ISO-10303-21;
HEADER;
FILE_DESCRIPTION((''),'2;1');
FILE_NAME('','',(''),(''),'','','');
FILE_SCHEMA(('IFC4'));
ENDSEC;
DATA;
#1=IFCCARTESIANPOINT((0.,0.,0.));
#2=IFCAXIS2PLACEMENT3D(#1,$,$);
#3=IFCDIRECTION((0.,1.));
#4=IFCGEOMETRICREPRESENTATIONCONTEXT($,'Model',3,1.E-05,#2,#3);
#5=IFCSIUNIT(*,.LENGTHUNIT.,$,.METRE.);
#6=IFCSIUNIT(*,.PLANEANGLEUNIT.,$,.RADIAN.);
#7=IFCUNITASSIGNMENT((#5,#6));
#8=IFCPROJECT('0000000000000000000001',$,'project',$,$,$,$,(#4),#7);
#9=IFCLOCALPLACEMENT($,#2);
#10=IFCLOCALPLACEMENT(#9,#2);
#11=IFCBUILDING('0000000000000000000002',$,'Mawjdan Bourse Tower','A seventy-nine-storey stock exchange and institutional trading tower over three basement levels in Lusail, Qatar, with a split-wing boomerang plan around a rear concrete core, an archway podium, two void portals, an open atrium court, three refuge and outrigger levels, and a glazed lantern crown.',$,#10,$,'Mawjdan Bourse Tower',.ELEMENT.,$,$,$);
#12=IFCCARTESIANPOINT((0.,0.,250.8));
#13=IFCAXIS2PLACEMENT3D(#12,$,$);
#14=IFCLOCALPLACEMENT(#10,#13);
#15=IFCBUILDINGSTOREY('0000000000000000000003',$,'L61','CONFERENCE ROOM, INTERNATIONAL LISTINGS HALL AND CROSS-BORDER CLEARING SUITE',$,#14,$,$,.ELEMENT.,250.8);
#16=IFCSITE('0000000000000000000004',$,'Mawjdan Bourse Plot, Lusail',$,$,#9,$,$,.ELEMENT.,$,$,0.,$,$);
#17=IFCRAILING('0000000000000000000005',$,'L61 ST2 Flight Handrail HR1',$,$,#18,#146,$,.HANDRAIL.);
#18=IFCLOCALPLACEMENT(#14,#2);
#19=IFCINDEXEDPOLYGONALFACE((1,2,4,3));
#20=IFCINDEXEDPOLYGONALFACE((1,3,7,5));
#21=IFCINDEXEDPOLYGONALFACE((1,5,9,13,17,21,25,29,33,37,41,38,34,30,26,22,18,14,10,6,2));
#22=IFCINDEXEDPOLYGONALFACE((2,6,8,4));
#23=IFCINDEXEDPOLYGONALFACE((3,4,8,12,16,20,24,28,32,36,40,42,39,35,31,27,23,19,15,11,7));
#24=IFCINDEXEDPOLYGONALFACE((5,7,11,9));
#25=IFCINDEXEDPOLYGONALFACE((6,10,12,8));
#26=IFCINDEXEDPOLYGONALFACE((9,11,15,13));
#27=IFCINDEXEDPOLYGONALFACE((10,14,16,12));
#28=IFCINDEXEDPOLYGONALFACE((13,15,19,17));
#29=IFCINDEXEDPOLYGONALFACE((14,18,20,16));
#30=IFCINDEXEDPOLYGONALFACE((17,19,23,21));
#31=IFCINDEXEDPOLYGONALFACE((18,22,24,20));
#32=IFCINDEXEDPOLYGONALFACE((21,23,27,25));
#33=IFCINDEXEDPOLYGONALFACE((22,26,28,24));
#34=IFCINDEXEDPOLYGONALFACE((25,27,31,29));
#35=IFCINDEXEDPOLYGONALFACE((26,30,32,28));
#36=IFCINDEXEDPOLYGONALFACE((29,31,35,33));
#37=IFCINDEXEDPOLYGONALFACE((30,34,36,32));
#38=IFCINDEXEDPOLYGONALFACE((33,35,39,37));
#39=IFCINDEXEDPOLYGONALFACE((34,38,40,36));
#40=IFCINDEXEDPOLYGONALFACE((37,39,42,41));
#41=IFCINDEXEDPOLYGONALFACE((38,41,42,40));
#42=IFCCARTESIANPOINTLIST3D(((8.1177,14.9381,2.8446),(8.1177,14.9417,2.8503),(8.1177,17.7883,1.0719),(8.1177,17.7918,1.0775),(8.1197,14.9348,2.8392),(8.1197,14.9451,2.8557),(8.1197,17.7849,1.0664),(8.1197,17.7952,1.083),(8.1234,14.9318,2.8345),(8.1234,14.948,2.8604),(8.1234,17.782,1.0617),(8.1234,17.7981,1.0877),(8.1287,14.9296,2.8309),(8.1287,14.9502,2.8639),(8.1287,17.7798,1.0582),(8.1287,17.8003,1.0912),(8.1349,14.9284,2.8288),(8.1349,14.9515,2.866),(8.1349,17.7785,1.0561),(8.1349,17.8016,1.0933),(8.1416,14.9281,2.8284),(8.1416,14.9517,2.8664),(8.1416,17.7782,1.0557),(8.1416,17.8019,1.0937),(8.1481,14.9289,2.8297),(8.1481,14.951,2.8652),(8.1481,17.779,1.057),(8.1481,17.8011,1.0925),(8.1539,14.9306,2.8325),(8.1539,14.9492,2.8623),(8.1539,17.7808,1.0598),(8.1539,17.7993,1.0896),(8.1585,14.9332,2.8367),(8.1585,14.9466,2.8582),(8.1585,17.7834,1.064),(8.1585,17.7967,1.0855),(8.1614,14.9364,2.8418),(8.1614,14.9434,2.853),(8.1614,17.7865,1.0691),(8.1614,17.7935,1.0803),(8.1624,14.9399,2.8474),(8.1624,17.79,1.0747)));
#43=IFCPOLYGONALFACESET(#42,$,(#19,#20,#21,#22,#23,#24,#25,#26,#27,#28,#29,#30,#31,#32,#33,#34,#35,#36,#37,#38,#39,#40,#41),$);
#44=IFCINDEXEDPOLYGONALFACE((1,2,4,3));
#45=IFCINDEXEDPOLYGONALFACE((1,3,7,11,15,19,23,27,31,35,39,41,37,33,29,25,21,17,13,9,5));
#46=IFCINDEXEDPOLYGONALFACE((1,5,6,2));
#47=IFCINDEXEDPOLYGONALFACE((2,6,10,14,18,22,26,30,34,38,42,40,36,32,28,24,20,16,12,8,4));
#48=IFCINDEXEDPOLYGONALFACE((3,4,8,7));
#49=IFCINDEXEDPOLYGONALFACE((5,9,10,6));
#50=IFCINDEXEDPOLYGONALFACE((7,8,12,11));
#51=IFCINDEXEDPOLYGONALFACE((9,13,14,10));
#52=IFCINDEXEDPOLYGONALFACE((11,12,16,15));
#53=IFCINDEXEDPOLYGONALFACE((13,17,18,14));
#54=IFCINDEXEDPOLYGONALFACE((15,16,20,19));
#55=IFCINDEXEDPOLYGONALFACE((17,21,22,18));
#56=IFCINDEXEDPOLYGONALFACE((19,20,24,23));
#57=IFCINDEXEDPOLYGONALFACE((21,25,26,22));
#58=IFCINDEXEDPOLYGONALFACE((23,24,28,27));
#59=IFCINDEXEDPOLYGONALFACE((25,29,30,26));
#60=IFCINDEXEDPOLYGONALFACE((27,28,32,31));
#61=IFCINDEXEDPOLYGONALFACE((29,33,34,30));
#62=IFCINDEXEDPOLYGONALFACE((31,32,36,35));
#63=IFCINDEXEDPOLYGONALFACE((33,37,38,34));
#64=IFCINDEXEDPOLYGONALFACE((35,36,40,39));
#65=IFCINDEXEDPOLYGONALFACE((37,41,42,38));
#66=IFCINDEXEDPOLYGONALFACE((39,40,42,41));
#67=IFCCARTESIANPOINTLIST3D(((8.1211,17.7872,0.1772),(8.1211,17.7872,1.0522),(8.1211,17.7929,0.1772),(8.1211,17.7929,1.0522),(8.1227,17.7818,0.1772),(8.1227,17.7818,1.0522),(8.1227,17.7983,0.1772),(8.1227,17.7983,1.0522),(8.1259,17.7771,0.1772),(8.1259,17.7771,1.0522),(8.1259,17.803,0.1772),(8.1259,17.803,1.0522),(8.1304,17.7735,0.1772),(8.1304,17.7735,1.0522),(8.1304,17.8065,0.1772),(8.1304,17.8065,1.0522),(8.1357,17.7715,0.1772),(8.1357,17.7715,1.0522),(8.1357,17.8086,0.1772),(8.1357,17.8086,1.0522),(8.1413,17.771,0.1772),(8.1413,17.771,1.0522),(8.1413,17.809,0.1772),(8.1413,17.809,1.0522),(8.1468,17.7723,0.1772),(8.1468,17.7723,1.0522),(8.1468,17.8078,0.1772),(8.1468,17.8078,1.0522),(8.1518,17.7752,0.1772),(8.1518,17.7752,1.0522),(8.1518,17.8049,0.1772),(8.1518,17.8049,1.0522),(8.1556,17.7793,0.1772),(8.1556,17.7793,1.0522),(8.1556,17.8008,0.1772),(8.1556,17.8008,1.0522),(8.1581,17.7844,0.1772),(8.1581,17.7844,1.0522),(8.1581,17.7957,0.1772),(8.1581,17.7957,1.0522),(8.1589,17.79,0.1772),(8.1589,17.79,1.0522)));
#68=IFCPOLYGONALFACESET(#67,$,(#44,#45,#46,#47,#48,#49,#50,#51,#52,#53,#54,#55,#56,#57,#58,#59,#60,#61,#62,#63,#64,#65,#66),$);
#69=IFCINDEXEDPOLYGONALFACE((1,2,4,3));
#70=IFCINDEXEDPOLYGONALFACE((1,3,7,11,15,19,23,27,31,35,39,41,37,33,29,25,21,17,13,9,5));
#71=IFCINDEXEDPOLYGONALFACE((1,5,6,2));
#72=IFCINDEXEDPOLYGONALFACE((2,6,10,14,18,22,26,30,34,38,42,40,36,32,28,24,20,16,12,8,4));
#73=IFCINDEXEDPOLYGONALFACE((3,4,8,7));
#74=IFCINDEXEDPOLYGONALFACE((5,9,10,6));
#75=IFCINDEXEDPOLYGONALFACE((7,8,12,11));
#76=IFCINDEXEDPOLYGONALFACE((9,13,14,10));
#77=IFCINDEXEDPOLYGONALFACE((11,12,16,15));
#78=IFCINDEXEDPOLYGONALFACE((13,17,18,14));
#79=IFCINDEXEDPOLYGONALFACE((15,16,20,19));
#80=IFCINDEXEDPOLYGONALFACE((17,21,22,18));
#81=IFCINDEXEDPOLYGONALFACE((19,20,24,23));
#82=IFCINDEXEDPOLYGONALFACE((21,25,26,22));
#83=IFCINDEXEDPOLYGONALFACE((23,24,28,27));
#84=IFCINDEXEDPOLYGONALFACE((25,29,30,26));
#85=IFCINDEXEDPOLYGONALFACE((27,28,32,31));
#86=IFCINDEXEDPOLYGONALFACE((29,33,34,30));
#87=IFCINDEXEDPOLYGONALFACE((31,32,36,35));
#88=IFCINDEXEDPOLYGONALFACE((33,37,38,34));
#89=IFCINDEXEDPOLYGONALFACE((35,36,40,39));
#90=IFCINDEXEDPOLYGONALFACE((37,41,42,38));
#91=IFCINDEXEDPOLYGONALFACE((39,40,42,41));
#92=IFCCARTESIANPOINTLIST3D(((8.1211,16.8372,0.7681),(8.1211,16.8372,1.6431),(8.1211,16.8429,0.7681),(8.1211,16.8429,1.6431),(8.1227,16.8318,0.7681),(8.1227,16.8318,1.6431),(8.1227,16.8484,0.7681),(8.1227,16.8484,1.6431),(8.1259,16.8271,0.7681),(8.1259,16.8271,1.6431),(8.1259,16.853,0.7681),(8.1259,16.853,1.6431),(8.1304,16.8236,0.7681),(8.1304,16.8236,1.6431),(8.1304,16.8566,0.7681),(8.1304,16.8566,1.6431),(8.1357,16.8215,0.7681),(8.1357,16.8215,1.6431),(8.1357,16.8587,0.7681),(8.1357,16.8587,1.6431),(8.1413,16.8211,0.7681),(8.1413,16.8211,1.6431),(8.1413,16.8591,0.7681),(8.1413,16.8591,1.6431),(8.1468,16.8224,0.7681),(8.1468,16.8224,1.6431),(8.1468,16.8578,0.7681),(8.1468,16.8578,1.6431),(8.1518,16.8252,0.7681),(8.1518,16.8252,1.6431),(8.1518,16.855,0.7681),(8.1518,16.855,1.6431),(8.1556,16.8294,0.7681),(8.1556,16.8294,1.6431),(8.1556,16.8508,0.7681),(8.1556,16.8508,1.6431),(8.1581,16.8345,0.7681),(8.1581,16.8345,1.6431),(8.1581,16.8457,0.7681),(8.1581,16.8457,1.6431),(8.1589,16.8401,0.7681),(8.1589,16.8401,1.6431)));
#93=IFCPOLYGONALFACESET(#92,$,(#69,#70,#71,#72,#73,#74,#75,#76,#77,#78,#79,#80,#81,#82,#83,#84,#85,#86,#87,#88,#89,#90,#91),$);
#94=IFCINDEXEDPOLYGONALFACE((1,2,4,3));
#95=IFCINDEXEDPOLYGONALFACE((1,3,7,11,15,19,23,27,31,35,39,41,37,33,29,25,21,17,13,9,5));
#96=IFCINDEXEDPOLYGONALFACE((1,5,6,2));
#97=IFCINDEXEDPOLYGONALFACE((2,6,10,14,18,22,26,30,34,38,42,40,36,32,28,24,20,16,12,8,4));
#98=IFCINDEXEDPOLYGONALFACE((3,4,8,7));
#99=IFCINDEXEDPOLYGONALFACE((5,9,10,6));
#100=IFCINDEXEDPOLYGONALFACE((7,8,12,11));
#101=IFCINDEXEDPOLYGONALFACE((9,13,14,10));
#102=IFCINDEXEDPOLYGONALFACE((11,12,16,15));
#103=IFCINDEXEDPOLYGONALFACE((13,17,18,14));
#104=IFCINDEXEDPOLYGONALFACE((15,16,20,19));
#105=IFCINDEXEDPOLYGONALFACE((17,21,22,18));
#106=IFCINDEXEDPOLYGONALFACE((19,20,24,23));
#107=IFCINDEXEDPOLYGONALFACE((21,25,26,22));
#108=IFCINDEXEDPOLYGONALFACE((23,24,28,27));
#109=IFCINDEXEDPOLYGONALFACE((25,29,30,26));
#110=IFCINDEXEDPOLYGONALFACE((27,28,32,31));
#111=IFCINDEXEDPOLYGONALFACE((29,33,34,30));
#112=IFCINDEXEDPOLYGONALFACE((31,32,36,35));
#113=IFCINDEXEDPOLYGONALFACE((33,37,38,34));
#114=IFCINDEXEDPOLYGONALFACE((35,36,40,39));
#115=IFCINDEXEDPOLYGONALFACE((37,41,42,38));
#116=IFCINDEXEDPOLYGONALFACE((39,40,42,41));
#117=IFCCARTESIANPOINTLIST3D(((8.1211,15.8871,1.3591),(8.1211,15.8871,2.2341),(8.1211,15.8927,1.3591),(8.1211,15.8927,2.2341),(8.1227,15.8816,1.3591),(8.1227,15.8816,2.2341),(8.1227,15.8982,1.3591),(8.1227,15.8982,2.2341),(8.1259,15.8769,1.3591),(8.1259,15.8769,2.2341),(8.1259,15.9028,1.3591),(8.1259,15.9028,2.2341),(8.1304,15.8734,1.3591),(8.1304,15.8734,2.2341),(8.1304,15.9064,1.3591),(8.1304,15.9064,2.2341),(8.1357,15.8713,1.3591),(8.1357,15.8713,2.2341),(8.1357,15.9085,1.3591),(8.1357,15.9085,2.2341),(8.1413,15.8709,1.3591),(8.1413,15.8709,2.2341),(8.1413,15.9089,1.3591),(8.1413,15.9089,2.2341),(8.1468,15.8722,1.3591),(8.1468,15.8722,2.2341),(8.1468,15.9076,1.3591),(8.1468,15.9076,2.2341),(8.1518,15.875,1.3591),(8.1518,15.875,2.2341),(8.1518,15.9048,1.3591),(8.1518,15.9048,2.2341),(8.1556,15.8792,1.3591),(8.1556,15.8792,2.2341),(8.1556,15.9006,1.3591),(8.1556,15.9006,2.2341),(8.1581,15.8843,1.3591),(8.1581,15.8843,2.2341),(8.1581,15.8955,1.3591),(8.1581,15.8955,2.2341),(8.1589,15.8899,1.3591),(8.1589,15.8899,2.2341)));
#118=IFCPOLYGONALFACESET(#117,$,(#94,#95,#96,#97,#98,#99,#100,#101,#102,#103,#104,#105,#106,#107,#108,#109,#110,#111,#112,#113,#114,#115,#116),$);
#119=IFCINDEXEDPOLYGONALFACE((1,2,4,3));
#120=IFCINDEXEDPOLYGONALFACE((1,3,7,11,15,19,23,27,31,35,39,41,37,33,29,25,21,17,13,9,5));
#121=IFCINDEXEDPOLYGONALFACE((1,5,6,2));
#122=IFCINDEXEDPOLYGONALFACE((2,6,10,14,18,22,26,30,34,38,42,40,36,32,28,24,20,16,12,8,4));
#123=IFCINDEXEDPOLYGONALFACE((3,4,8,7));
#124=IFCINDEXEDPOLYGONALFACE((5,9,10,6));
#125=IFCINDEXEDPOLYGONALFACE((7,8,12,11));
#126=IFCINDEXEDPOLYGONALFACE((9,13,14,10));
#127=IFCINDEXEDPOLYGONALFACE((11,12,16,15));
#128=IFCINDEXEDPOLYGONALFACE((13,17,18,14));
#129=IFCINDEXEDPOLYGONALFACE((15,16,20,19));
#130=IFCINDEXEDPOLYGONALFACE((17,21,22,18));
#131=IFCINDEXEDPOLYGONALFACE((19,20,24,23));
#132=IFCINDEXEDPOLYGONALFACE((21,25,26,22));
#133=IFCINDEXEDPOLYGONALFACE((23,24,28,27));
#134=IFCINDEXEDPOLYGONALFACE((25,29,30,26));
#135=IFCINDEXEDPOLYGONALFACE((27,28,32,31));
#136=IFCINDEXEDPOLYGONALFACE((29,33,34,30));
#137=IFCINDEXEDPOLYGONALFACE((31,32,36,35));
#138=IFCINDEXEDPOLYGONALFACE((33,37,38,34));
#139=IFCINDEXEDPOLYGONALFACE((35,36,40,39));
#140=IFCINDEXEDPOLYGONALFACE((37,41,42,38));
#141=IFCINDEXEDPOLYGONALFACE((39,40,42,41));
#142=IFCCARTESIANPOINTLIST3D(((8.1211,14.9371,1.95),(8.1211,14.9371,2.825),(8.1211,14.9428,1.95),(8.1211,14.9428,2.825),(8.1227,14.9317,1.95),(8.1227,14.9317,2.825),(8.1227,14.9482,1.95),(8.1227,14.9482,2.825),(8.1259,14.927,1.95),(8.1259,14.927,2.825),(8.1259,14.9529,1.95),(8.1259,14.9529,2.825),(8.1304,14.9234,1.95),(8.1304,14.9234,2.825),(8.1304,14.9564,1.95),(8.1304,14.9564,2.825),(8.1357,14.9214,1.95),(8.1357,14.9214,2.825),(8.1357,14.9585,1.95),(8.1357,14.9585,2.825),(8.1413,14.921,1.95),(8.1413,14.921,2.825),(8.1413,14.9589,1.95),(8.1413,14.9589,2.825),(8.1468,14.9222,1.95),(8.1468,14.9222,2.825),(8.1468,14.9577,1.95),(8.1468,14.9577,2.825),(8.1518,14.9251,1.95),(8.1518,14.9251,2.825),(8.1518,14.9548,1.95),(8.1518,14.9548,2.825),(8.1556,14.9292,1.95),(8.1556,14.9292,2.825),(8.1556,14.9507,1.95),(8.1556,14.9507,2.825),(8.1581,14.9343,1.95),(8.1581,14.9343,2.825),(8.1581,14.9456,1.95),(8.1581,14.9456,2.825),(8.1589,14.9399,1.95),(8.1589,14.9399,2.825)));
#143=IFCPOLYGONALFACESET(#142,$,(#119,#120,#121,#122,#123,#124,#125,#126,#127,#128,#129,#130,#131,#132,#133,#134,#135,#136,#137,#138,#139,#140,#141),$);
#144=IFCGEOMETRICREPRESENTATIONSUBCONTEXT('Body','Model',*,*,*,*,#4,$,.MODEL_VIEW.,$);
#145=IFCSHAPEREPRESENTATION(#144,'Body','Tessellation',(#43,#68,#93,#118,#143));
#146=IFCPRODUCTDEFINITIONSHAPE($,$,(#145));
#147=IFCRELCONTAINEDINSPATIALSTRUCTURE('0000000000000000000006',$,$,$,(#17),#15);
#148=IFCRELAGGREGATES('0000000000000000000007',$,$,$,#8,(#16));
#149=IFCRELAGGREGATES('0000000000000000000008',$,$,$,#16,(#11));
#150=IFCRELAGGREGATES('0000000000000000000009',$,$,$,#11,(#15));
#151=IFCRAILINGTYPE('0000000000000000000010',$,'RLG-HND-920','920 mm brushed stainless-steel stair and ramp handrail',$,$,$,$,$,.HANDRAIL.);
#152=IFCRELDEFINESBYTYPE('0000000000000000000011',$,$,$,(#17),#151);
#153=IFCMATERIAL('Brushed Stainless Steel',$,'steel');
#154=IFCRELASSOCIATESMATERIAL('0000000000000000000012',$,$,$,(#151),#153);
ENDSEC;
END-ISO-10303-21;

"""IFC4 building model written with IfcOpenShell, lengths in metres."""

from ifc_helpers import new_model, si_unit, direction, frame, origin, origin_2d, place, context, subcontext, project, spatial, circle, extrude, material, type_object, element, save


model = new_model("IFC4")

# Units and contexts
model_context = context("Model", 3, precision=1e-05, world=origin(), true_north=direction((0.0, 1.0)))
body_context = subcontext(model_context, "Body", "Model", "MODEL_VIEW")
ifc_project = project(units=[si_unit("LENGTHUNIT", "METRE"), si_unit("PLANEANGLEUNIT", "RADIAN")], contexts=[model_context])

# Site, building, storey
site_placement = place(None, origin())
site = spatial("IfcSite", under=ifc_project, at=site_placement, Name="Mawjdan Bourse Plot, Lusail", CompositionType="ELEMENT", RefElevation=0.0)
building_placement = place(site_placement, origin())
building = spatial("IfcBuilding", under=site, at=building_placement, Name="Mawjdan Bourse Tower", Description="A seventy-nine-storey stock exchange and institutional trading tower over three basement levels in Lusail, Qatar, with a split-wing boomerang plan around a rear concrete core, an archway podium, two void portals, an open atrium court, three refuge and outrigger levels, and a glazed lantern crown.", LongName="Mawjdan Bourse Tower", CompositionType="ELEMENT")
storey_placement = place(building_placement, frame((0.0, 0.0, 250.8)))
storey = spatial("IfcBuildingStorey", under=building, at=storey_placement, Name="L61", Description="CONFERENCE ROOM, INTERNATIONAL LISTINGS HALL AND CROSS-BORDER CLEARING SUITE", CompositionType="ELEMENT", Elevation=250.8)

# Railing
ifc_material_1 = material(Name="Brushed Stainless Steel", Category="steel")
railing_type_1 = type_object("IfcRailingType", Name="RLG-HND-920", Description="920 mm brushed stainless-steel stair and ramp handrail", PredefinedType="HANDRAIL", material=ifc_material_1)
railing_1_placement = place(storey_placement, frame((8.1399, 17.79, 0.1772)))
element("IfcRailing", 1, at=railing_1_placement, inside=storey, type_object=railing_type_1, Name="L61 ST2 Flight Handrail HR1", PredefinedType="HANDRAIL", context=body_context, shape_type="SweptSolid", body=[
    extrude(circle(Radius=0.0225, at=origin_2d()), frame((0.0, 0.0, 0.8975), z_axis=(0.0, -0.849149, 0.528154), x_axis=(1.0, 0.0, 0.0)), (0.0, 0.0, 1.0), 3.3564),
    extrude(circle(Radius=0.019, at=origin_2d()), origin(), (0.0, 0.0, 1.0), 0.875),
    extrude(circle(Radius=0.019, at=origin_2d()), frame((0.0, -0.95, 0.5908)), (0.0, 0.0, 1.0), 0.875),
    extrude(circle(Radius=0.019, at=origin_2d()), frame((0.0, -1.9001, 1.1819)), (0.0, 0.0, 1.0), 0.875),
    extrude(circle(Radius=0.019, at=origin_2d()), frame((0.0, -2.8501, 1.7727)), (0.0, 0.0, 1.0), 0.875),
])

save(model, "model.ifc")
